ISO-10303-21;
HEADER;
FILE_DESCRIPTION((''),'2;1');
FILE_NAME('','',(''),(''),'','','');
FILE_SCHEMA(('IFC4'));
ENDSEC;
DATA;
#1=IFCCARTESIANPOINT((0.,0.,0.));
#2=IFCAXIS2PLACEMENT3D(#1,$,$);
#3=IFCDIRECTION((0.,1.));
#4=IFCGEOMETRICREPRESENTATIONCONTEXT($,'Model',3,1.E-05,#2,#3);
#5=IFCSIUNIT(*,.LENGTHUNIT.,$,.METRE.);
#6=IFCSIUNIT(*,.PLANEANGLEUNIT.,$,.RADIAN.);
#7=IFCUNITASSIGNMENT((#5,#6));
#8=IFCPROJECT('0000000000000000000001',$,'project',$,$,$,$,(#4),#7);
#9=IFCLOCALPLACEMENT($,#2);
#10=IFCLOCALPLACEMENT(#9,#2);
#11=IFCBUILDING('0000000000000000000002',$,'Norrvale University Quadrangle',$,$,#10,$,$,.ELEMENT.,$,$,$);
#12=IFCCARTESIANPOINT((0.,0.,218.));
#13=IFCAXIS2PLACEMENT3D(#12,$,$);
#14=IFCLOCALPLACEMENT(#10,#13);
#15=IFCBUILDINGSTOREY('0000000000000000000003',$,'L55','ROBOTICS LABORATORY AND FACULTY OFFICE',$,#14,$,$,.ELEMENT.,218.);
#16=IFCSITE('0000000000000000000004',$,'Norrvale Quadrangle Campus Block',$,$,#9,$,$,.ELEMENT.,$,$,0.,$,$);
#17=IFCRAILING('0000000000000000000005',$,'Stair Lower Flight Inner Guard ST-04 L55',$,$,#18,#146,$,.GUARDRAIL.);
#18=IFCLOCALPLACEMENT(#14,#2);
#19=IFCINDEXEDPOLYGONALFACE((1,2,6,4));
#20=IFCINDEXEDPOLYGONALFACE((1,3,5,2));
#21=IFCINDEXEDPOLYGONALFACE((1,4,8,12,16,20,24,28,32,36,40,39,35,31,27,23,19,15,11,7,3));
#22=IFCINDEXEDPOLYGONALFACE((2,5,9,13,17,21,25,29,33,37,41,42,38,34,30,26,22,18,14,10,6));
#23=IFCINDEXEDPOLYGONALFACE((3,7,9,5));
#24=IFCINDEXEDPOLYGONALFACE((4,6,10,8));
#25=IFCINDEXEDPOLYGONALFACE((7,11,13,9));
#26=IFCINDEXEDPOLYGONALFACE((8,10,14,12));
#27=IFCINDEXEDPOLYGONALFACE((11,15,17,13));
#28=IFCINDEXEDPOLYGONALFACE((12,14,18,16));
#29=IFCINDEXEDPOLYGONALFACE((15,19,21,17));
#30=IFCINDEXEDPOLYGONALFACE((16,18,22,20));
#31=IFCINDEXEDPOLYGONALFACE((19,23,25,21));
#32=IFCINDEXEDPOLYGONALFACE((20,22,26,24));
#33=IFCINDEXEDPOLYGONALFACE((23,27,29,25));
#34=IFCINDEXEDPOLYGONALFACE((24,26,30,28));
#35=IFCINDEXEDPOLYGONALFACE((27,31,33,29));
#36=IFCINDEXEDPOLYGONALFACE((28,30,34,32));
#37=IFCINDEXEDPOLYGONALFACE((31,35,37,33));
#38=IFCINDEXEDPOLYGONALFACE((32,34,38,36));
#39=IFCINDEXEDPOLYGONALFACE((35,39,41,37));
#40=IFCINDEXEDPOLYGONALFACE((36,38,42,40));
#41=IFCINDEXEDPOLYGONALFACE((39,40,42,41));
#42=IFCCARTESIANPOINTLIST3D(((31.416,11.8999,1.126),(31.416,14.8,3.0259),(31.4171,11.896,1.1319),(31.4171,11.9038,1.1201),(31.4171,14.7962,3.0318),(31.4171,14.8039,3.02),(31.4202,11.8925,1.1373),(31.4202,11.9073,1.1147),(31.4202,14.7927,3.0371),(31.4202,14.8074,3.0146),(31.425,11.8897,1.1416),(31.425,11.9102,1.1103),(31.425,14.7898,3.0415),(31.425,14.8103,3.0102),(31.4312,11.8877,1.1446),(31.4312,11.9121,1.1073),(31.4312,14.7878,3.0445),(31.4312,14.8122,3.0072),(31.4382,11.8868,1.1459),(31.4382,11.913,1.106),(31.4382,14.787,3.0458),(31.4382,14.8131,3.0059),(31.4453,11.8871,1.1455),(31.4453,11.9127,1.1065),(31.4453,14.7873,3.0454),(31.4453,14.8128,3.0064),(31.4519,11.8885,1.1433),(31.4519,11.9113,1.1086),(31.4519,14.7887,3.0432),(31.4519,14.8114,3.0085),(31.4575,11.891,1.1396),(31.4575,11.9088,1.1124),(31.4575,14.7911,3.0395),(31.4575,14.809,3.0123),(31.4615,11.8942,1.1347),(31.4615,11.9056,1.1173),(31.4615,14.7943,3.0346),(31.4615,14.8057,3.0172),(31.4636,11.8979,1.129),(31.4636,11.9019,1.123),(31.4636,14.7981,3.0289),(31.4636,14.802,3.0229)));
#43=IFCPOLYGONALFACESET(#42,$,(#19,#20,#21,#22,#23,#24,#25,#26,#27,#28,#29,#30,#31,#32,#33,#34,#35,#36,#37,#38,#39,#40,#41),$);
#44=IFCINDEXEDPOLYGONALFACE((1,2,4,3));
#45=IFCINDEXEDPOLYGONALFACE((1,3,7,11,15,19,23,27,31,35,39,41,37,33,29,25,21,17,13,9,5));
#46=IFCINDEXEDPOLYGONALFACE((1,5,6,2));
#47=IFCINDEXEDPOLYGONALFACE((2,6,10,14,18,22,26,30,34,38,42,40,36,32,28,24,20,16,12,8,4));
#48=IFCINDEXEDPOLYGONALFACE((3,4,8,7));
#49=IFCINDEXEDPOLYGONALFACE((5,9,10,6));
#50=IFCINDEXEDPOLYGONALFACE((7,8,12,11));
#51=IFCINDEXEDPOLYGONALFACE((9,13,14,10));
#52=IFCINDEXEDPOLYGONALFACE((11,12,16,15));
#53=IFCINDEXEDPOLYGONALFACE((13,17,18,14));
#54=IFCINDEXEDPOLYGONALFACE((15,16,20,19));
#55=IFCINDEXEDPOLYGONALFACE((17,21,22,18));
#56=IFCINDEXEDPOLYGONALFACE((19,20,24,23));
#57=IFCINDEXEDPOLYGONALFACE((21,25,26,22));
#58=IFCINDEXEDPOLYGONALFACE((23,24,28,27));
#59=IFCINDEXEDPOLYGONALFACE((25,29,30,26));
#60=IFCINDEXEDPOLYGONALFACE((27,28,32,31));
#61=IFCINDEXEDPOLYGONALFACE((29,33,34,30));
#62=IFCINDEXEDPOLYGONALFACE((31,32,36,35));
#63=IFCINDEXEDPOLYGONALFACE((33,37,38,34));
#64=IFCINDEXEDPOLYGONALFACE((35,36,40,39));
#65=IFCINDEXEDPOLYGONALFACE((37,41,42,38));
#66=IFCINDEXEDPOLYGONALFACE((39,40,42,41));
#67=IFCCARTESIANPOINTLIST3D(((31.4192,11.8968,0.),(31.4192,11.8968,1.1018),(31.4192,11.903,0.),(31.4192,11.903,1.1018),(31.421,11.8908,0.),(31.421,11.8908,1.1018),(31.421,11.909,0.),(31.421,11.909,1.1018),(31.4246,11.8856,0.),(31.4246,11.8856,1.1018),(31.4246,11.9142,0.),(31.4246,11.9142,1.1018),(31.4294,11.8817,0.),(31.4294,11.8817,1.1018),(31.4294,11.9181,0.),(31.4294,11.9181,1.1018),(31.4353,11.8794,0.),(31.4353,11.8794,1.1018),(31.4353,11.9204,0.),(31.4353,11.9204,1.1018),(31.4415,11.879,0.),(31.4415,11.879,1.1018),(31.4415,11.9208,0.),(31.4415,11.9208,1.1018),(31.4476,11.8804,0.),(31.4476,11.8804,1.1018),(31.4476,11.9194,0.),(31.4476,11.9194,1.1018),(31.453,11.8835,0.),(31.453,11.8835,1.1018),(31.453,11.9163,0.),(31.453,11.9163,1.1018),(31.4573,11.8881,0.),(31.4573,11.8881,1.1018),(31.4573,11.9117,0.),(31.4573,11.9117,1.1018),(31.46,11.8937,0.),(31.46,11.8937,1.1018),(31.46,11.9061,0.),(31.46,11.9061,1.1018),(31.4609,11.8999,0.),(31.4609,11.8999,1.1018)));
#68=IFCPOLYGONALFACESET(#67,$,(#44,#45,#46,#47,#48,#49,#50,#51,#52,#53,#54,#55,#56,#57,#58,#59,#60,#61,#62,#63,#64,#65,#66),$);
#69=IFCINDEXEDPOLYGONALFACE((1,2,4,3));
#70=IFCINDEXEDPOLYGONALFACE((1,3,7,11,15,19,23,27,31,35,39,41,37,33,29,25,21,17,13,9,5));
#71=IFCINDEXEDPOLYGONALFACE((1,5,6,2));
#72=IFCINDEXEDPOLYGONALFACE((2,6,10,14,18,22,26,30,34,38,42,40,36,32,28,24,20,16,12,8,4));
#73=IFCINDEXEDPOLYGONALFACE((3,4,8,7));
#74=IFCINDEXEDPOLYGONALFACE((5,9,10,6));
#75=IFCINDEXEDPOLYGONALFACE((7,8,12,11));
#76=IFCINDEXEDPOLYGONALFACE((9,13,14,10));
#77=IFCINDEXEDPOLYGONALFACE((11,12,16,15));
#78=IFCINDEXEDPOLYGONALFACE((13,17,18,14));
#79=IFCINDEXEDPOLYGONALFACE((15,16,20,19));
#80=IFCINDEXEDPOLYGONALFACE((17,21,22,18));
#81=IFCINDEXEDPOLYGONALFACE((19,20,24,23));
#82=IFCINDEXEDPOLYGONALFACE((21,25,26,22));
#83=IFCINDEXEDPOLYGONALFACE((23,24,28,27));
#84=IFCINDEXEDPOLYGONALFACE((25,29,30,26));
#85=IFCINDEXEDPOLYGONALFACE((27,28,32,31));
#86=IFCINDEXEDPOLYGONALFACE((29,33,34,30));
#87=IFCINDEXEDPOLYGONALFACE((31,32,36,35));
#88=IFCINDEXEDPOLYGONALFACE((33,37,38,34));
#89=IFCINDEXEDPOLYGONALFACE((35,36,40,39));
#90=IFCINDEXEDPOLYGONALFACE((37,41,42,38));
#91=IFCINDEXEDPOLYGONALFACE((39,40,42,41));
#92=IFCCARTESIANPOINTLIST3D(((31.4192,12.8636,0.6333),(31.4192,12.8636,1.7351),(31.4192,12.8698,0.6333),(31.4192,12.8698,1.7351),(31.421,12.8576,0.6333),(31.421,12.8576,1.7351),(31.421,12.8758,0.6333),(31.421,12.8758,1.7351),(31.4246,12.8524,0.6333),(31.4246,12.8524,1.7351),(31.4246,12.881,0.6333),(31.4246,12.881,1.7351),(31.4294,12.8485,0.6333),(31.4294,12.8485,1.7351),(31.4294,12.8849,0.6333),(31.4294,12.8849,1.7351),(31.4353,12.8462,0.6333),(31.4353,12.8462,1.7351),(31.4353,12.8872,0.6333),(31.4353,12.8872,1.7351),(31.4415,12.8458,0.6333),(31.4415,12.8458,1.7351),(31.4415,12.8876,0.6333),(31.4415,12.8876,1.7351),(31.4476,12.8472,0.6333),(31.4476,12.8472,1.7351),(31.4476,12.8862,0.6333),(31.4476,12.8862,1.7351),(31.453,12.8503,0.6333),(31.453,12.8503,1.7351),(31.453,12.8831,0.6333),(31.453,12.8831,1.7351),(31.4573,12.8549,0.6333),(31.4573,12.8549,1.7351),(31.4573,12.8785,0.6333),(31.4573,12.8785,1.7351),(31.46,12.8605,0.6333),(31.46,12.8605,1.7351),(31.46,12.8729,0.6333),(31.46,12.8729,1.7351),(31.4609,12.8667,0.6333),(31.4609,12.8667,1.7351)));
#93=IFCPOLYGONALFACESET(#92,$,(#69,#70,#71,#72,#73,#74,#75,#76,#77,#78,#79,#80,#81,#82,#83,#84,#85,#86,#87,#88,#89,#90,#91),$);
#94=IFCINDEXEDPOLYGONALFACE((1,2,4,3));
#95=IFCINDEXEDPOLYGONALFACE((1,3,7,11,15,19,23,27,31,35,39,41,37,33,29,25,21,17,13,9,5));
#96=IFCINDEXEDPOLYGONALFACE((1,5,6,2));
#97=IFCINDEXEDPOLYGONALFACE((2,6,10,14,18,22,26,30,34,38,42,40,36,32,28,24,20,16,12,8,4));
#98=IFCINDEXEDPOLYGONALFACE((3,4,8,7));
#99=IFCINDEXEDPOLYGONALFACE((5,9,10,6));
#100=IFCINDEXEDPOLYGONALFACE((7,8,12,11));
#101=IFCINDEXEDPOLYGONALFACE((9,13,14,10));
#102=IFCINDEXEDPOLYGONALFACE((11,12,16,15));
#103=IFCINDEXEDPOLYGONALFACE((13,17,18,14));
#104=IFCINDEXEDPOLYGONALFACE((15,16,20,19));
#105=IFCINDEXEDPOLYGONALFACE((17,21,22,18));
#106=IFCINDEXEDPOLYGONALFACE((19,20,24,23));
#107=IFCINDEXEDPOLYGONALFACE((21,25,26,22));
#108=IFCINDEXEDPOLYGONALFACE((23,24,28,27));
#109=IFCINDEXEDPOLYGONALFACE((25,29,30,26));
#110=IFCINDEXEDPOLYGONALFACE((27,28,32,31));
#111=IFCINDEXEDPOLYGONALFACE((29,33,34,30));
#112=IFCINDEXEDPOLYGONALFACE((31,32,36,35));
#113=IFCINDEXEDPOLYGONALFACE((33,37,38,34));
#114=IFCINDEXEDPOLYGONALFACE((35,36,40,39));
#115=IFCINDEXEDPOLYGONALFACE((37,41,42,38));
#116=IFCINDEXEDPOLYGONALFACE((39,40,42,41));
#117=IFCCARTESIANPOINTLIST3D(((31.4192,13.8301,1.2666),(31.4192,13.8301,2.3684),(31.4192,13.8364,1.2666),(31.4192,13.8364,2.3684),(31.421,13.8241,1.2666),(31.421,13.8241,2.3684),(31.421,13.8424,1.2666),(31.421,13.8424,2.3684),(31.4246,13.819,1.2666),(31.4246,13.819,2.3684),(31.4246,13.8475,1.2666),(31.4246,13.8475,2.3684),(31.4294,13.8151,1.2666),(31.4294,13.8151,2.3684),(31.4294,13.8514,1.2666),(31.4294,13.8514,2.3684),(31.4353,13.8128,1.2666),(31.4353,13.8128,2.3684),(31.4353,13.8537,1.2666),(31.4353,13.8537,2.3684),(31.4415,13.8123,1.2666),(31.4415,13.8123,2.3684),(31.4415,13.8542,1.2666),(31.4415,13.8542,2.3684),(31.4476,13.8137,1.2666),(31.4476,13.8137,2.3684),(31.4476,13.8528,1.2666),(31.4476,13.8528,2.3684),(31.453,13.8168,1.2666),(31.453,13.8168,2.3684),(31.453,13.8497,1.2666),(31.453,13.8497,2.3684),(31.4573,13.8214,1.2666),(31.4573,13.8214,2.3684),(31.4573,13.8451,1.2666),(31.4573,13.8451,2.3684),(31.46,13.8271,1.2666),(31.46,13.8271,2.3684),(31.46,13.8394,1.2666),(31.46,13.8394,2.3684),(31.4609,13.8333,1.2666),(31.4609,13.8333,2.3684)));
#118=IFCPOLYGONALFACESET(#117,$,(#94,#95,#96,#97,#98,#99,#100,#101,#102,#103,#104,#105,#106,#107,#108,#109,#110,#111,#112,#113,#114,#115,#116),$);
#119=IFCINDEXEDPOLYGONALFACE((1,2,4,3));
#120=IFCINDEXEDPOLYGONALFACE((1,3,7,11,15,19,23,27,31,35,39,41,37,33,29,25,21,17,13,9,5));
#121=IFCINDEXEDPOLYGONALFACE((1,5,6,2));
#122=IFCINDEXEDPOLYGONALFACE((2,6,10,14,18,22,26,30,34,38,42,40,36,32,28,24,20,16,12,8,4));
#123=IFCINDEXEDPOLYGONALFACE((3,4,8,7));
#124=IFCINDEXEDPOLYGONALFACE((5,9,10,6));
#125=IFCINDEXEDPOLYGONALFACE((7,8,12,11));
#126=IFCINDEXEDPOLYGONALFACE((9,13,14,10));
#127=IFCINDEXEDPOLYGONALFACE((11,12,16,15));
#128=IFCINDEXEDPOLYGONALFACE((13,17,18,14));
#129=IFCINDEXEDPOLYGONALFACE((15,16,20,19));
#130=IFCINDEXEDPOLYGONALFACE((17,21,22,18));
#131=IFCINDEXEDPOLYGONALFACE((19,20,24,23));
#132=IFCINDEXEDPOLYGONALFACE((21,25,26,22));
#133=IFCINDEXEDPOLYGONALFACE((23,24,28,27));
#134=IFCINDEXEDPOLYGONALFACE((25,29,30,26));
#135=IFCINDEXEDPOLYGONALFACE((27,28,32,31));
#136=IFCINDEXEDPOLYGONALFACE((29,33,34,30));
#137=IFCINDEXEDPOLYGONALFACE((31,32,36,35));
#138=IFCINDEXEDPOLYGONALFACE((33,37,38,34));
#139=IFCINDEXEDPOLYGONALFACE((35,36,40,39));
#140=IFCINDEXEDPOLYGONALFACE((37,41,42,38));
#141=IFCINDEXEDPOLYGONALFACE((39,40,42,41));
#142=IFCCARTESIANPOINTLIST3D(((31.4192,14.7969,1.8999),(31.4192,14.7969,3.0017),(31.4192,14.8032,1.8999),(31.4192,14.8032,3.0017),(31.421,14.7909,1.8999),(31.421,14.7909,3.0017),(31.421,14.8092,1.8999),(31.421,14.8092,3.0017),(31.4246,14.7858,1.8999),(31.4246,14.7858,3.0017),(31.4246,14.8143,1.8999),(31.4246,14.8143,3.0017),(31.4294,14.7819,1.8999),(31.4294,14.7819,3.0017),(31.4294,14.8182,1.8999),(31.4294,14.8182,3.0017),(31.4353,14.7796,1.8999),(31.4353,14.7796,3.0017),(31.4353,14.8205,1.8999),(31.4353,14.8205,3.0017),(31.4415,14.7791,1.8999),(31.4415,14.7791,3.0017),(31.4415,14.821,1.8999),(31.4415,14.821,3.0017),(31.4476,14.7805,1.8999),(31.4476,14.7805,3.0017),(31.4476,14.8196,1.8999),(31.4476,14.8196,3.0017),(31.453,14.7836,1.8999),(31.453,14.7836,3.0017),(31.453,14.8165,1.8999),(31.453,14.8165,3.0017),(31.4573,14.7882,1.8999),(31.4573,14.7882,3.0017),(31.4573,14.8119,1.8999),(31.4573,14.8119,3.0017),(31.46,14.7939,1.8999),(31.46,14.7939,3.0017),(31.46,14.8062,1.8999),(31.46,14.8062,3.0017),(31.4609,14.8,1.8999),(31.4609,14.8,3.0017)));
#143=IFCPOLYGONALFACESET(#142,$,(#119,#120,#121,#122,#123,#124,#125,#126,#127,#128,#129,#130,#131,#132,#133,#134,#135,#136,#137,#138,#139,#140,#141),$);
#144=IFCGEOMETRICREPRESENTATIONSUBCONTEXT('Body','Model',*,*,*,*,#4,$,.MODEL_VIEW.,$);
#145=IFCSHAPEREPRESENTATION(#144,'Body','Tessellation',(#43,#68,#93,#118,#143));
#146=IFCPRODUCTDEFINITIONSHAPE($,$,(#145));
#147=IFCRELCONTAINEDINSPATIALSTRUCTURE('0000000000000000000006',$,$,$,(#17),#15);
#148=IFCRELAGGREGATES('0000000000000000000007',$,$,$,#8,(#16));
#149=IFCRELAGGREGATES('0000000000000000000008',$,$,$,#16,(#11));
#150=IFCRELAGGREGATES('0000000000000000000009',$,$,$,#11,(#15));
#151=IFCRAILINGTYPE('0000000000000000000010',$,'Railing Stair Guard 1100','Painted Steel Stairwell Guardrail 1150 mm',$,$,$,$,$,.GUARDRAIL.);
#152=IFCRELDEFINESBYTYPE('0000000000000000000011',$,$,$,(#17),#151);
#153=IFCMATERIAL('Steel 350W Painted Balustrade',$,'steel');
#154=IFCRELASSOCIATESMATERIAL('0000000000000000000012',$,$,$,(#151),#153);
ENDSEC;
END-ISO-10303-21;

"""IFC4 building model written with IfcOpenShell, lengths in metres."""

from ifc_helpers import new_model, si_unit, direction, frame, origin, origin_2d, place, context, subcontext, project, spatial, circle, extrude, material, type_object, element, save


model = new_model("IFC4")

# Units and contexts
model_context = context("Model", 3, precision=1e-05, world=origin(), true_north=direction((0.0, 1.0)))
body_context = subcontext(model_context, "Body", "Model", "MODEL_VIEW")
ifc_project = project(units=[si_unit("LENGTHUNIT", "METRE"), si_unit("PLANEANGLEUNIT", "RADIAN")], contexts=[model_context])

# Site, building, storey
site_placement = place(None, origin())
site = spatial("IfcSite", under=ifc_project, at=site_placement, Name="Norrvale Quadrangle Campus Block", CompositionType="ELEMENT", RefElevation=0.0)
building_placement = place(site_placement, origin())
building = spatial("IfcBuilding", under=site, at=building_placement, Name="Norrvale University Quadrangle", CompositionType="ELEMENT")
storey_placement = place(building_placement, frame((0.0, 0.0, 218.0)))
storey = spatial("IfcBuildingStorey", under=building, at=storey_placement, Name="L55", Description="ROBOTICS LABORATORY AND FACULTY OFFICE", CompositionType="ELEMENT", Elevation=218.0)

# Railing
ifc_material_1 = material(Name="Steel 350W Painted Balustrade", Category="steel")
railing_type_1 = type_object("IfcRailingType", Name="Railing Stair Guard 1100", Description="Painted Steel Stairwell Guardrail 1150 mm", PredefinedType="GUARDRAIL", material=ifc_material_1)
railing_1_placement = place(storey_placement, frame((31.4399, 11.8999, 0.0)))
element("IfcRailing", 1, at=railing_1_placement, inside=storey, type_object=railing_type_1, Name="Stair Lower Flight Inner Guard ST-04 L55", PredefinedType="GUARDRAIL", context=body_context, shape_type="SweptSolid", body=[
    extrude(circle(Radius=0.0239, at=origin_2d()), frame((0.0, 0.0, 1.126), z_axis=(0.0, 0.836487, 0.547987), x_axis=(-1.0, 0.0, 0.0)), (0.0, 0.0, 1.0), 3.467),
    extrude(circle(Radius=0.021, at=origin_2d()), origin(), (0.0, 0.0, 1.0), 1.1018),
    extrude(circle(Radius=0.021, at=origin_2d()), frame((0.0, 0.9668, 0.6333)), (0.0, 0.0, 1.0), 1.1018),
    extrude(circle(Radius=0.021, at=origin_2d()), frame((0.0, 1.9333, 1.2666)), (0.0, 0.0, 1.0), 1.1018),
    extrude(circle(Radius=0.021, at=origin_2d()), frame((0.0, 2.9001, 1.8999)), (0.0, 0.0, 1.0), 1.1018),
])

save(model, "model.ifc")
